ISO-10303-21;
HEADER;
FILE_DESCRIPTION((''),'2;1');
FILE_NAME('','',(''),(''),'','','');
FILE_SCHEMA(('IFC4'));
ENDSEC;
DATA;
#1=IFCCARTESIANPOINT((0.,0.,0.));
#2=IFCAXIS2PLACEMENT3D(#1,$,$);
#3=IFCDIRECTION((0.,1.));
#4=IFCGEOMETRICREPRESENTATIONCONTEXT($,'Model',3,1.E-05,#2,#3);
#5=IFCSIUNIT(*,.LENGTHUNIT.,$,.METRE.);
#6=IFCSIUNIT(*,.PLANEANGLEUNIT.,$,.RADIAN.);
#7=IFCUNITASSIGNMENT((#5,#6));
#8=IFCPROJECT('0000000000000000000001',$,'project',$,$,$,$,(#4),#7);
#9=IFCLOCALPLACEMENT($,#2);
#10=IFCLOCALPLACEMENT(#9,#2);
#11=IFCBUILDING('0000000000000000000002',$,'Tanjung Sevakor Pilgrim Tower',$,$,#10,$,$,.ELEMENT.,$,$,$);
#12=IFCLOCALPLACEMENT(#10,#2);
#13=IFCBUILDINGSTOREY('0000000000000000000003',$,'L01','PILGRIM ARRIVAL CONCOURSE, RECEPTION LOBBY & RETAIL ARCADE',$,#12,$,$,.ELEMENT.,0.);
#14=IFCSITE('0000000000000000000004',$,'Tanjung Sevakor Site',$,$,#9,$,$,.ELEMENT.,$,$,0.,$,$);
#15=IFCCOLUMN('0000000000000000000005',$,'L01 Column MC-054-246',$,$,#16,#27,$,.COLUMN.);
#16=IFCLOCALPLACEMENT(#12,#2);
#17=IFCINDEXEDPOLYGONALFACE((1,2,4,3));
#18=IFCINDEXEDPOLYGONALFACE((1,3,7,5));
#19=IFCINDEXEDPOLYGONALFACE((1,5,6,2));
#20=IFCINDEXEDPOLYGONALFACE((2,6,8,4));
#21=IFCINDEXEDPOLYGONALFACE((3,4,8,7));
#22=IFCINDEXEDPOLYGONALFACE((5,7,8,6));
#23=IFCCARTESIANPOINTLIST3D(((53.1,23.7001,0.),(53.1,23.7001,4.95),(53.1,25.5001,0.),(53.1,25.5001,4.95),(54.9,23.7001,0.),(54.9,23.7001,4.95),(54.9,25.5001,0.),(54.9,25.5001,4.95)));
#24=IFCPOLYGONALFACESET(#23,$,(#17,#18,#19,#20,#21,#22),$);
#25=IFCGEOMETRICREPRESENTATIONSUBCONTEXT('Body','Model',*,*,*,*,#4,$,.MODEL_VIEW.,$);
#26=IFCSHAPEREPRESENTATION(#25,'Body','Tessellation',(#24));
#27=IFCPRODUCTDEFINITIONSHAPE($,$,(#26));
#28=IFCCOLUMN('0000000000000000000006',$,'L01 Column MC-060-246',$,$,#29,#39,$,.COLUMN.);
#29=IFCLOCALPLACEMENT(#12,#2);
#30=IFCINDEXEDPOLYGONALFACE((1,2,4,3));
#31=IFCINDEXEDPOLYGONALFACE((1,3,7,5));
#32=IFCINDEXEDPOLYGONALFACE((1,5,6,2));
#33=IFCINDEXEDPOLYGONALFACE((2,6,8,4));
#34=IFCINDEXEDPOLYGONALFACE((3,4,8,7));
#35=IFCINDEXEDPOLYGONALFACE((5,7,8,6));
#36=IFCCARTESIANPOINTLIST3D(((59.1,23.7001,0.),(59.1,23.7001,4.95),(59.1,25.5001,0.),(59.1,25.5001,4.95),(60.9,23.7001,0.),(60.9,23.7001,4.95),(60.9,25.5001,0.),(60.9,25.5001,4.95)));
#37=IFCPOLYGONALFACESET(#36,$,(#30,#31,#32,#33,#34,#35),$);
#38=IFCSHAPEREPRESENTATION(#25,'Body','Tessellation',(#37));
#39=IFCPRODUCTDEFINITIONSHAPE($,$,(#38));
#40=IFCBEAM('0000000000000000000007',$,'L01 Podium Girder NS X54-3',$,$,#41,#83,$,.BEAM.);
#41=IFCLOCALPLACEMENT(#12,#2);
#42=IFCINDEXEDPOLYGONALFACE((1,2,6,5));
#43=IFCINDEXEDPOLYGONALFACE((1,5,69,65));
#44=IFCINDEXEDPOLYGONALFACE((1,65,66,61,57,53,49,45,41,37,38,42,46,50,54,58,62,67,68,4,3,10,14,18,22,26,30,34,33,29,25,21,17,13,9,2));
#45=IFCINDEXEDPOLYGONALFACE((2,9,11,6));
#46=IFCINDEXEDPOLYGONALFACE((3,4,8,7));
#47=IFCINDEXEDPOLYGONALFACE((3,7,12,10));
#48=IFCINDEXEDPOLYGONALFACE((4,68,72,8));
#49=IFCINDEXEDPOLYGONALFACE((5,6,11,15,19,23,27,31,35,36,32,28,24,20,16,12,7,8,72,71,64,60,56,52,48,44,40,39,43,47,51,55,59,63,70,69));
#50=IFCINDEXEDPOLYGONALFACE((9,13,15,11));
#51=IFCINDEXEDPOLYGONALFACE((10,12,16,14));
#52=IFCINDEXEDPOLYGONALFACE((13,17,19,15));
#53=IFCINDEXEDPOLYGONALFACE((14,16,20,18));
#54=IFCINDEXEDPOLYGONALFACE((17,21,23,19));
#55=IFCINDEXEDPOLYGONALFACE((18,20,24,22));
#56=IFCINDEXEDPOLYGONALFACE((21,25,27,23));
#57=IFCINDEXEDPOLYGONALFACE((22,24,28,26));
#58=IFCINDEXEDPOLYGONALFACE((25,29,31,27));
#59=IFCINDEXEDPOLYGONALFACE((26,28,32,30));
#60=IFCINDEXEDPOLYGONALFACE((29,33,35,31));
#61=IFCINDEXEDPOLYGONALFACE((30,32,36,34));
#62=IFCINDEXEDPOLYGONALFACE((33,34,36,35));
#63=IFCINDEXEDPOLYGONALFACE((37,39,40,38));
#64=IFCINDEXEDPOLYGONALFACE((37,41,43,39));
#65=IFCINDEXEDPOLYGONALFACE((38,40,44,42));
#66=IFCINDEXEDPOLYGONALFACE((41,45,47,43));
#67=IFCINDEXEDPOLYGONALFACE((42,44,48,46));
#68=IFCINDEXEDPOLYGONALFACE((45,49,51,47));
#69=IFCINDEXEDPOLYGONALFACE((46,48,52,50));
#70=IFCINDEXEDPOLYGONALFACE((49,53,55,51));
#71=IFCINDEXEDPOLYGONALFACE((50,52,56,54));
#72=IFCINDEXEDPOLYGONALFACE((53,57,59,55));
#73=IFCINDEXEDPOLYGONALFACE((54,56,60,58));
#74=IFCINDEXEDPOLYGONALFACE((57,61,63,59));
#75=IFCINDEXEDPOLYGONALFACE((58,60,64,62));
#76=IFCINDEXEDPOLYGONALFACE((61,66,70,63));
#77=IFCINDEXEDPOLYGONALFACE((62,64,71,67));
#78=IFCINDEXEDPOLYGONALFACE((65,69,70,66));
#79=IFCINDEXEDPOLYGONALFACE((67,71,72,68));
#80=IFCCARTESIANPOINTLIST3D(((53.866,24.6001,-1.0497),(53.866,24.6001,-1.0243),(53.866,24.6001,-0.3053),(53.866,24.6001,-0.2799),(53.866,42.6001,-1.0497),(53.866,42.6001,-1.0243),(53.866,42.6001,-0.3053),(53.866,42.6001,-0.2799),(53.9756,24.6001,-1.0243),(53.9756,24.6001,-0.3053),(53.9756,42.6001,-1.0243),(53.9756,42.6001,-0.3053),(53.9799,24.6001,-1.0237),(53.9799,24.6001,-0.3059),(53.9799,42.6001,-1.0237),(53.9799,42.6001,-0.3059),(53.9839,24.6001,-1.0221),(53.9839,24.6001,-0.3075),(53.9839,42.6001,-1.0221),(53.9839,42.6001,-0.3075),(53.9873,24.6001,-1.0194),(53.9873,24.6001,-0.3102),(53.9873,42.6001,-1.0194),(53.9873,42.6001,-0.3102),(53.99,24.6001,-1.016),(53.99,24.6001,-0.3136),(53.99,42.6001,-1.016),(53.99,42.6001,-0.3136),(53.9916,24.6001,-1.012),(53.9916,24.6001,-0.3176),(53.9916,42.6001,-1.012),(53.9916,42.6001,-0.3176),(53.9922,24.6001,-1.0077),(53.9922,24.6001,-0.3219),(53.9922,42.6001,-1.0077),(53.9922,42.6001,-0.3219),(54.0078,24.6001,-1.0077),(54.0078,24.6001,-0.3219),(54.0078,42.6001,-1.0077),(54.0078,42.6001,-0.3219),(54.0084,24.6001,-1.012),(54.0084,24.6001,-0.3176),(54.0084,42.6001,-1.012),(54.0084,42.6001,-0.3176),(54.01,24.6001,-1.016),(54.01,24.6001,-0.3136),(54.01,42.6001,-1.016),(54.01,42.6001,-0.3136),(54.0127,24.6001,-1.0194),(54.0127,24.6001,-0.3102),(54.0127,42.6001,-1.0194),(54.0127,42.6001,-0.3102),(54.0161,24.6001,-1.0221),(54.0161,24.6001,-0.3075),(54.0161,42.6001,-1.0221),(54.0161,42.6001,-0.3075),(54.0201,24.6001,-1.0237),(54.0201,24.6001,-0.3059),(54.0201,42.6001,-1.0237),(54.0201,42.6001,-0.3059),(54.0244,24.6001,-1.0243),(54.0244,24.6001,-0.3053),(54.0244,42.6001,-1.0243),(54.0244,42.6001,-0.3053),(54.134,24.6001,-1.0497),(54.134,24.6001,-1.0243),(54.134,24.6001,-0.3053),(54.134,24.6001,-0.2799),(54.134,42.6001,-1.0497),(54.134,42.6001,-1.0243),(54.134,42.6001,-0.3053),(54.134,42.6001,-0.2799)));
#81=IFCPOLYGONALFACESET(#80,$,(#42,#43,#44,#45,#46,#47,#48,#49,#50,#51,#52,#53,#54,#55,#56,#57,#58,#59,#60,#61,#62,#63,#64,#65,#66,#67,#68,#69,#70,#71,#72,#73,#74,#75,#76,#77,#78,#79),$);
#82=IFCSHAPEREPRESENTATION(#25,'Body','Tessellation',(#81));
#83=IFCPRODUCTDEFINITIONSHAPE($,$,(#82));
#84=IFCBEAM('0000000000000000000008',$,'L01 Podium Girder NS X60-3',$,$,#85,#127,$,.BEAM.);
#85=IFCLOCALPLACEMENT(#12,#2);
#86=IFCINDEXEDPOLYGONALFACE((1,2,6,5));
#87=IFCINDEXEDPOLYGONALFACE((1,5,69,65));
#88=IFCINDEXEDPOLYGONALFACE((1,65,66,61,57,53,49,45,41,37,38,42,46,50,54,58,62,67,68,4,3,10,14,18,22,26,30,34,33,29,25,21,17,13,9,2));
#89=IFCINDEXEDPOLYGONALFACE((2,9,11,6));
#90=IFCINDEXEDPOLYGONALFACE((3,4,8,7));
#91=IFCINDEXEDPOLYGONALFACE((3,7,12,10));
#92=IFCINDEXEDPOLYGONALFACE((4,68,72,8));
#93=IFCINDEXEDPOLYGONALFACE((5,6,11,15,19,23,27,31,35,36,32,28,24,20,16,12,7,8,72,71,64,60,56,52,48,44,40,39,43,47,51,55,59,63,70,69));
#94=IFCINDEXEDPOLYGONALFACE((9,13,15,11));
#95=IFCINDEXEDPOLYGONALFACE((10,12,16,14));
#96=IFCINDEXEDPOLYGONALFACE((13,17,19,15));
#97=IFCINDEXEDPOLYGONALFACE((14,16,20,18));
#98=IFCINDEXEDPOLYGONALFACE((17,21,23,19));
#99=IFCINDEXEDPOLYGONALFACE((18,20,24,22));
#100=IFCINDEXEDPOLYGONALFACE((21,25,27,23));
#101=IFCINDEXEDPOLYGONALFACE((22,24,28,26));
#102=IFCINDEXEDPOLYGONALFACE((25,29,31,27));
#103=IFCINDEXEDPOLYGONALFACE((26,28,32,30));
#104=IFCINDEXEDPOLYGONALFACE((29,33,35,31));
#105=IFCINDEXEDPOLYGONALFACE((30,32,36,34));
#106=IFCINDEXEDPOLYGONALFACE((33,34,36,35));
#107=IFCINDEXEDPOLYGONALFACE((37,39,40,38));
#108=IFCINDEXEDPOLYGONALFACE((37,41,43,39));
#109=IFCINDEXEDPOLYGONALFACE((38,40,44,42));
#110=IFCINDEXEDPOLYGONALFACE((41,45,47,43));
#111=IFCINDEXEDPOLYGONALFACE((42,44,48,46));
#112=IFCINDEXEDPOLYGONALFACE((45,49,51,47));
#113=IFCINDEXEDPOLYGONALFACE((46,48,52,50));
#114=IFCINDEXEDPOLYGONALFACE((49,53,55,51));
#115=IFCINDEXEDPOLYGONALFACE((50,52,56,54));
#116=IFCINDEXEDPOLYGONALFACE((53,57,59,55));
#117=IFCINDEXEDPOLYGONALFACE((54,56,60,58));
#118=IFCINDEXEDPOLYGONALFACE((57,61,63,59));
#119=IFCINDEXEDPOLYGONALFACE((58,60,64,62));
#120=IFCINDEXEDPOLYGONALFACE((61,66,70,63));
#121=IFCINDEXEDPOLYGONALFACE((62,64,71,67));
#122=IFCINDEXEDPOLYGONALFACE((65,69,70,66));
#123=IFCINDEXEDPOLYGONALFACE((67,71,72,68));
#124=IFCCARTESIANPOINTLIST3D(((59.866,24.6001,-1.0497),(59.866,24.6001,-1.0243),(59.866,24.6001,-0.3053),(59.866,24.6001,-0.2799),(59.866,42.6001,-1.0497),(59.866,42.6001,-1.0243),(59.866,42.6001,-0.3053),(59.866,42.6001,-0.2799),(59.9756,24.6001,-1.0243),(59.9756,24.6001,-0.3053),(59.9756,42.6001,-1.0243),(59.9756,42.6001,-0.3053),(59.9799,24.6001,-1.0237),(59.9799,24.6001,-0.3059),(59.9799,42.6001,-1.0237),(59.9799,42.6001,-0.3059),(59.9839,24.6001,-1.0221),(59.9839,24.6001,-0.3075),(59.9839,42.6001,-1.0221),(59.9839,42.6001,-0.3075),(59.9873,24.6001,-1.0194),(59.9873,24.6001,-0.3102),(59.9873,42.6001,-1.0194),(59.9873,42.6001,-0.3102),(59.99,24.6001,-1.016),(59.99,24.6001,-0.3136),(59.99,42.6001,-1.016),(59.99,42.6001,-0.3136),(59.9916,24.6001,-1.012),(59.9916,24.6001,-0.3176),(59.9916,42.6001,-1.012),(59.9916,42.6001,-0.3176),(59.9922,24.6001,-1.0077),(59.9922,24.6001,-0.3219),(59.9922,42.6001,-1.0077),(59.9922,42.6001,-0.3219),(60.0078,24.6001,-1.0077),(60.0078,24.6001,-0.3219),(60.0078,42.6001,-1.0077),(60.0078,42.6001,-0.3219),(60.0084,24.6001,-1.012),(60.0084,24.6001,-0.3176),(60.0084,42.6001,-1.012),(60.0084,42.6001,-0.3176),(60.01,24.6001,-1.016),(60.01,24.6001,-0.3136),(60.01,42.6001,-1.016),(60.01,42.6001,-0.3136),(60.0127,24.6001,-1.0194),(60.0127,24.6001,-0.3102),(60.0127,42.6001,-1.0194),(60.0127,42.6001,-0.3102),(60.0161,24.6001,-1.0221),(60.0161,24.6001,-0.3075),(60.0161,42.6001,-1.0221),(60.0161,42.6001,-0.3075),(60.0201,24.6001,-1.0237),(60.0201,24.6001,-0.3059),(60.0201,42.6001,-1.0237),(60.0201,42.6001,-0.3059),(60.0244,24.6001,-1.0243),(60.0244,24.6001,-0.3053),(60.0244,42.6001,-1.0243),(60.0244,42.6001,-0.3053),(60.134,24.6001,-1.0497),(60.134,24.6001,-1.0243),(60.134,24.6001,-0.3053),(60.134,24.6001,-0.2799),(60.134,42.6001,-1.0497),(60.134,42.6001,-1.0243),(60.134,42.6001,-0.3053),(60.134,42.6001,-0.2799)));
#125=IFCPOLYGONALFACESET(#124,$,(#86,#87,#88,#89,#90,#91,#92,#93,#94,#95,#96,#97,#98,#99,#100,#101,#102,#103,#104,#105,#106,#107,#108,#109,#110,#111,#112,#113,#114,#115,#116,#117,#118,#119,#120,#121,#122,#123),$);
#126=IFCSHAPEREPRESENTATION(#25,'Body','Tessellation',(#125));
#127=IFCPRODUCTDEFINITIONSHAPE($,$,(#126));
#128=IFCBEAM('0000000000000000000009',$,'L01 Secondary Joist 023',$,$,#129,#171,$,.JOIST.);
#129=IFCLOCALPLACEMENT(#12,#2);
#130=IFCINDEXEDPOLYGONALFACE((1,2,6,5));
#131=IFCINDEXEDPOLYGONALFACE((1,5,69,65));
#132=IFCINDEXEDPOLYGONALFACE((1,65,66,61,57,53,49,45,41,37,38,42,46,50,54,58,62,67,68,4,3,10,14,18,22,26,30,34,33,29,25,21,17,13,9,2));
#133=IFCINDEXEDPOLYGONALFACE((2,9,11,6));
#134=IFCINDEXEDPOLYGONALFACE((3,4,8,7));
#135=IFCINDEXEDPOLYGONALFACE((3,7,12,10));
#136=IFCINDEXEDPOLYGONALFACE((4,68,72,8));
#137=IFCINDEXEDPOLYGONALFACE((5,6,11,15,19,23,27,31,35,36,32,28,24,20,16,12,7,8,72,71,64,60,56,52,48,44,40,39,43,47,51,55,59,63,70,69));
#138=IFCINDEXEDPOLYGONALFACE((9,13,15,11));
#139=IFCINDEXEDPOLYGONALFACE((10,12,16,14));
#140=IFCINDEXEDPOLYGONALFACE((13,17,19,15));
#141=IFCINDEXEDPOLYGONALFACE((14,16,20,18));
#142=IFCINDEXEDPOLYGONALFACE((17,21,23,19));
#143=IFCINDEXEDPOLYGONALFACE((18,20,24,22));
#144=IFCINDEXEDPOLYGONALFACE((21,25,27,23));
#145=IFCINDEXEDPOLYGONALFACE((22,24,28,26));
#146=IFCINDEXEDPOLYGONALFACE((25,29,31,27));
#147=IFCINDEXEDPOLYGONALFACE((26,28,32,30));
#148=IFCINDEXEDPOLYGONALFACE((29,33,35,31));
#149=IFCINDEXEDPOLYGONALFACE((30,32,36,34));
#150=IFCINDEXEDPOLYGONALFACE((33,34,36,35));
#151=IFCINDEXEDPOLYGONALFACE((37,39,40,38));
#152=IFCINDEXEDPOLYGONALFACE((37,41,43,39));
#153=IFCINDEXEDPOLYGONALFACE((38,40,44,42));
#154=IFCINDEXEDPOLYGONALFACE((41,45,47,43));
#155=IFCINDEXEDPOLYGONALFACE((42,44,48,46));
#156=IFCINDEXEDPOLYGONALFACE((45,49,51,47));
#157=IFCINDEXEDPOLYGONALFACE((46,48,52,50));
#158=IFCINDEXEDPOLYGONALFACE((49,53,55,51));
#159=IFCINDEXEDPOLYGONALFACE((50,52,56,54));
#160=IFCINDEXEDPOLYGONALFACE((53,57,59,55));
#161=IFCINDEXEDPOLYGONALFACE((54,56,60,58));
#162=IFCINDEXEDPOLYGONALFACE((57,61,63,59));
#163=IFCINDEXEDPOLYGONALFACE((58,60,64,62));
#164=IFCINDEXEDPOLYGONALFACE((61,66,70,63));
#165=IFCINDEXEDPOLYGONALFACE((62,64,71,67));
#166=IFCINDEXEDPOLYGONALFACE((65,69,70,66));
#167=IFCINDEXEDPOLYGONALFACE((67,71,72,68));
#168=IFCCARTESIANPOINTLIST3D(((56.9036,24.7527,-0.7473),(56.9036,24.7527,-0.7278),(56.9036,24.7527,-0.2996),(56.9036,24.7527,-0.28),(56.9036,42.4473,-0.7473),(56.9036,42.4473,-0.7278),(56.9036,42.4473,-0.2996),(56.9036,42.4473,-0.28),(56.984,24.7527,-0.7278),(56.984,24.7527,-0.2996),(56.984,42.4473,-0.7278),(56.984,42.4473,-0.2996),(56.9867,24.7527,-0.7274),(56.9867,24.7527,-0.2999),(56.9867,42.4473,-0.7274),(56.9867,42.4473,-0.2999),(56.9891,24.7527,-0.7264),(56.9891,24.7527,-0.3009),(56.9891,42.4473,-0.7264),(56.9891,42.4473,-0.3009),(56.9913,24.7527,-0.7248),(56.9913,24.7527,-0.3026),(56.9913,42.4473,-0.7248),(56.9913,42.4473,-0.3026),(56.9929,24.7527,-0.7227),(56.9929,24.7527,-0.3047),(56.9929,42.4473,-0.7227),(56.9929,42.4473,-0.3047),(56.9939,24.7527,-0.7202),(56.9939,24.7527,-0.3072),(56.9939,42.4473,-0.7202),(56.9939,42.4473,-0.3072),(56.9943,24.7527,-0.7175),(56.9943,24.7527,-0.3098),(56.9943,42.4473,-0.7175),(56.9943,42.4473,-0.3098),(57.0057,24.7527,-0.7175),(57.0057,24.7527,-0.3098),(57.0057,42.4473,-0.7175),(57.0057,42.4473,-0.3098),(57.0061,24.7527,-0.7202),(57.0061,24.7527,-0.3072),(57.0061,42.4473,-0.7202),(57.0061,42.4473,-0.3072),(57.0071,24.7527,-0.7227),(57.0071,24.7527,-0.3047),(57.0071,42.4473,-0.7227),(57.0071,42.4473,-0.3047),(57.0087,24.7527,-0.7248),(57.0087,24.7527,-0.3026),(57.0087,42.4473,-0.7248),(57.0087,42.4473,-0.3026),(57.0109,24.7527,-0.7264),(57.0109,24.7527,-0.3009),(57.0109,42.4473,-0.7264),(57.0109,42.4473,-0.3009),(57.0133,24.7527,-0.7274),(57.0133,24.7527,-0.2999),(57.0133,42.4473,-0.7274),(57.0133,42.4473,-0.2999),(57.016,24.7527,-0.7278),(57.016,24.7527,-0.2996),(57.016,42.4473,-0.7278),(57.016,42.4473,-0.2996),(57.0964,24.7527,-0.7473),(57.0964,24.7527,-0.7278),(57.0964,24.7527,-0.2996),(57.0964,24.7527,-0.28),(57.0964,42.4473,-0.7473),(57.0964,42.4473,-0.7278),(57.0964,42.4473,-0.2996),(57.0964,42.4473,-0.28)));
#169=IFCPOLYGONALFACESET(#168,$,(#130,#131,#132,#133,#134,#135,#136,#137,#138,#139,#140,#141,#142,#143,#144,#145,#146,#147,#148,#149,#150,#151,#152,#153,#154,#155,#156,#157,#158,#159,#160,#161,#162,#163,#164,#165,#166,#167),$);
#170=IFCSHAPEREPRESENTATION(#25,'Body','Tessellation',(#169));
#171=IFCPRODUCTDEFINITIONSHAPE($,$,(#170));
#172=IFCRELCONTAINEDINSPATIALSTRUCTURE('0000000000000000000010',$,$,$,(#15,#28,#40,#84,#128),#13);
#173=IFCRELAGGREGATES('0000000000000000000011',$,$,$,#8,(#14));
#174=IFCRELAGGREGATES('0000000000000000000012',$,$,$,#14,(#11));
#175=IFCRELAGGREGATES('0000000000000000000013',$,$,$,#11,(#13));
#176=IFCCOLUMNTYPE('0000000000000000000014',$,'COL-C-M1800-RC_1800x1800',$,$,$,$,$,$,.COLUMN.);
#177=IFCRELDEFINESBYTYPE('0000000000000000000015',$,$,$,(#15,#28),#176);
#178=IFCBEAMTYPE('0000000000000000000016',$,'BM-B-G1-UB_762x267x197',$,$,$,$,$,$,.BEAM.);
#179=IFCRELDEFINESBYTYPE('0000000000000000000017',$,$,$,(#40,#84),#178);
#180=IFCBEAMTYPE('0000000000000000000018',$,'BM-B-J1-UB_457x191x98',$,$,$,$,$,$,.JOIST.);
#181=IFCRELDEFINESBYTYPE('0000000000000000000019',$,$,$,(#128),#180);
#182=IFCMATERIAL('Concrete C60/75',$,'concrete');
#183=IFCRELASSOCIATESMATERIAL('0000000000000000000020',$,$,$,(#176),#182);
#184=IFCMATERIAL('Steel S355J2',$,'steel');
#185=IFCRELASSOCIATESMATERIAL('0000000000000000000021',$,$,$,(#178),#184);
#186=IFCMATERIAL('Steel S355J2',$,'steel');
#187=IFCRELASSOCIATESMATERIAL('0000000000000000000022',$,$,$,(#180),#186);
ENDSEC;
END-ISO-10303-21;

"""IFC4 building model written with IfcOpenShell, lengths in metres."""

from ifc_helpers import new_model, si_unit, direction, frame, origin, origin_2d, place, context, subcontext, project, spatial, rectangle, i_section, extrude, material, material_profile, profile_set, type_object, element, save


model = new_model("IFC4")

# Units and contexts
model_context = context("Model", 3, precision=1e-05, world=origin(), true_north=direction((0.0, 1.0)))
body_context = subcontext(model_context, "Body", "Model", "MODEL_VIEW")
ifc_project = project(units=[si_unit("LENGTHUNIT", "METRE"), si_unit("PLANEANGLEUNIT", "RADIAN")], contexts=[model_context])

# Site, building, storey
site_placement = place(None, origin())
site = spatial("IfcSite", under=ifc_project, at=site_placement, Name="Tanjung Sevakor Site", CompositionType="ELEMENT", RefElevation=0.0)
building_placement = place(site_placement, origin())
building = spatial("IfcBuilding", under=site, at=building_placement, Name="Tanjung Sevakor Pilgrim Tower", CompositionType="ELEMENT")
storey_placement = place(building_placement, origin())
storey = spatial("IfcBuildingStorey", under=building, at=storey_placement, Name="L01", Description="PILGRIM ARRIVAL CONCOURSE, RECEPTION LOBBY & RETAIL ARCADE", CompositionType="ELEMENT", Elevation=0.0)

# Columns
ifc_material_1 = material(Name="Concrete C60/75", Category="concrete")
ifc_material_profile_1 = material_profile(ifc_material_1, rectangle(XDim=1.8, YDim=1.8, at=origin_2d()))
ifc_profile_set_1 = profile_set([ifc_material_profile_1], Name="Concrete C60/75")
column_type = type_object("IfcColumnType", Name="COL-C-M1800-RC_1800x1800", PredefinedType="COLUMN", material=ifc_profile_set_1)
for number, where, z_axis, x_axis, name in (
    (1, (54.0, 24.6001, 0.0), (0.0, 0.0, 1.0), (1.0, 0.0, 0.0), "L01 Column MC-054-246"),
    (2, (60.0, 24.6001, 0.0), (0.0, 0.0, 1.0), (1.0, 0.0, 0.0), "L01 Column MC-060-246"),
):
    element("IfcColumn", number, at=place(storey_placement, frame(where, z_axis=z_axis, x_axis=x_axis)), inside=storey, type_object=column_type, Name=name, PredefinedType="COLUMN", context=body_context, shape_type="SweptSolid", body=[
        extrude(rectangle(XDim=1.8, YDim=1.8, at=origin_2d()), origin(), (0.0, 0.0, 1.0), 4.95),
    ])

# Beams
ifc_material_2 = material(Name="Steel S355J2", Category="steel")
ifc_material_profile_2 = material_profile(ifc_material_2, i_section(OverallWidth=0.2681, OverallDepth=0.7698, WebThickness=0.0156, FlangeThickness=0.0254, FilletRadius=0.0166, at=origin_2d()))
ifc_profile_set_2 = profile_set([ifc_material_profile_2], Name="Steel S355J2")
beam_type_1 = type_object("IfcBeamType", Name="BM-B-G1-UB_762x267x197", PredefinedType="BEAM", material=ifc_profile_set_2)
for number, where, z_axis, x_axis, name in (
    (3, (54.0, 24.6001, -0.6648), (0.0, 1.0, 0.0), (-1.0, 0.0, 0.0), "L01 Podium Girder NS X54-3"),
    (4, (60.0, 24.6001, -0.6648), (0.0, 1.0, 0.0), (-1.0, 0.0, 0.0), "L01 Podium Girder NS X60-3"),
):
    element("IfcBeam", number, at=place(storey_placement, frame(where, z_axis=z_axis, x_axis=x_axis)), inside=storey, type_object=beam_type_1, Name=name, PredefinedType="BEAM", context=body_context, shape_type="SweptSolid", body=[
        extrude(i_section(OverallWidth=0.2681, OverallDepth=0.7698, WebThickness=0.0156, FlangeThickness=0.0254, FilletRadius=0.0166, at=origin_2d()), origin(), (0.0, 0.0, 1.0), 18.0),
    ])
ifc_material_3 = material(Name="Steel S355J2", Category="steel")
ifc_material_profile_3 = material_profile(ifc_material_3, i_section(OverallWidth=0.1929, OverallDepth=0.4673, WebThickness=0.0115, FlangeThickness=0.0195, FilletRadius=0.0103, at=origin_2d()))
ifc_profile_set_3 = profile_set([ifc_material_profile_3], Name="Steel S355J2")
beam_type_2 = type_object("IfcBeamType", Name="BM-B-J1-UB_457x191x98", PredefinedType="JOIST", material=ifc_profile_set_3)
for number, where, z_axis, x_axis, name in (
    (5, (57.0, 24.7527, -0.5137), (0.0, 1.0, 0.0), (-1.0, 0.0, 0.0), "L01 Secondary Joist 023"),
):
    element("IfcBeam", number, at=place(storey_placement, frame(where, z_axis=z_axis, x_axis=x_axis)), inside=storey, type_object=beam_type_2, Name=name, PredefinedType="JOIST", context=body_context, shape_type="SweptSolid", body=[
        extrude(i_section(OverallWidth=0.1929, OverallDepth=0.4673, WebThickness=0.0115, FlangeThickness=0.0195, FilletRadius=0.0103, at=origin_2d()), origin(), (0.0, 0.0, 1.0), 17.6946),
    ])

save(model, "model.ifc")
